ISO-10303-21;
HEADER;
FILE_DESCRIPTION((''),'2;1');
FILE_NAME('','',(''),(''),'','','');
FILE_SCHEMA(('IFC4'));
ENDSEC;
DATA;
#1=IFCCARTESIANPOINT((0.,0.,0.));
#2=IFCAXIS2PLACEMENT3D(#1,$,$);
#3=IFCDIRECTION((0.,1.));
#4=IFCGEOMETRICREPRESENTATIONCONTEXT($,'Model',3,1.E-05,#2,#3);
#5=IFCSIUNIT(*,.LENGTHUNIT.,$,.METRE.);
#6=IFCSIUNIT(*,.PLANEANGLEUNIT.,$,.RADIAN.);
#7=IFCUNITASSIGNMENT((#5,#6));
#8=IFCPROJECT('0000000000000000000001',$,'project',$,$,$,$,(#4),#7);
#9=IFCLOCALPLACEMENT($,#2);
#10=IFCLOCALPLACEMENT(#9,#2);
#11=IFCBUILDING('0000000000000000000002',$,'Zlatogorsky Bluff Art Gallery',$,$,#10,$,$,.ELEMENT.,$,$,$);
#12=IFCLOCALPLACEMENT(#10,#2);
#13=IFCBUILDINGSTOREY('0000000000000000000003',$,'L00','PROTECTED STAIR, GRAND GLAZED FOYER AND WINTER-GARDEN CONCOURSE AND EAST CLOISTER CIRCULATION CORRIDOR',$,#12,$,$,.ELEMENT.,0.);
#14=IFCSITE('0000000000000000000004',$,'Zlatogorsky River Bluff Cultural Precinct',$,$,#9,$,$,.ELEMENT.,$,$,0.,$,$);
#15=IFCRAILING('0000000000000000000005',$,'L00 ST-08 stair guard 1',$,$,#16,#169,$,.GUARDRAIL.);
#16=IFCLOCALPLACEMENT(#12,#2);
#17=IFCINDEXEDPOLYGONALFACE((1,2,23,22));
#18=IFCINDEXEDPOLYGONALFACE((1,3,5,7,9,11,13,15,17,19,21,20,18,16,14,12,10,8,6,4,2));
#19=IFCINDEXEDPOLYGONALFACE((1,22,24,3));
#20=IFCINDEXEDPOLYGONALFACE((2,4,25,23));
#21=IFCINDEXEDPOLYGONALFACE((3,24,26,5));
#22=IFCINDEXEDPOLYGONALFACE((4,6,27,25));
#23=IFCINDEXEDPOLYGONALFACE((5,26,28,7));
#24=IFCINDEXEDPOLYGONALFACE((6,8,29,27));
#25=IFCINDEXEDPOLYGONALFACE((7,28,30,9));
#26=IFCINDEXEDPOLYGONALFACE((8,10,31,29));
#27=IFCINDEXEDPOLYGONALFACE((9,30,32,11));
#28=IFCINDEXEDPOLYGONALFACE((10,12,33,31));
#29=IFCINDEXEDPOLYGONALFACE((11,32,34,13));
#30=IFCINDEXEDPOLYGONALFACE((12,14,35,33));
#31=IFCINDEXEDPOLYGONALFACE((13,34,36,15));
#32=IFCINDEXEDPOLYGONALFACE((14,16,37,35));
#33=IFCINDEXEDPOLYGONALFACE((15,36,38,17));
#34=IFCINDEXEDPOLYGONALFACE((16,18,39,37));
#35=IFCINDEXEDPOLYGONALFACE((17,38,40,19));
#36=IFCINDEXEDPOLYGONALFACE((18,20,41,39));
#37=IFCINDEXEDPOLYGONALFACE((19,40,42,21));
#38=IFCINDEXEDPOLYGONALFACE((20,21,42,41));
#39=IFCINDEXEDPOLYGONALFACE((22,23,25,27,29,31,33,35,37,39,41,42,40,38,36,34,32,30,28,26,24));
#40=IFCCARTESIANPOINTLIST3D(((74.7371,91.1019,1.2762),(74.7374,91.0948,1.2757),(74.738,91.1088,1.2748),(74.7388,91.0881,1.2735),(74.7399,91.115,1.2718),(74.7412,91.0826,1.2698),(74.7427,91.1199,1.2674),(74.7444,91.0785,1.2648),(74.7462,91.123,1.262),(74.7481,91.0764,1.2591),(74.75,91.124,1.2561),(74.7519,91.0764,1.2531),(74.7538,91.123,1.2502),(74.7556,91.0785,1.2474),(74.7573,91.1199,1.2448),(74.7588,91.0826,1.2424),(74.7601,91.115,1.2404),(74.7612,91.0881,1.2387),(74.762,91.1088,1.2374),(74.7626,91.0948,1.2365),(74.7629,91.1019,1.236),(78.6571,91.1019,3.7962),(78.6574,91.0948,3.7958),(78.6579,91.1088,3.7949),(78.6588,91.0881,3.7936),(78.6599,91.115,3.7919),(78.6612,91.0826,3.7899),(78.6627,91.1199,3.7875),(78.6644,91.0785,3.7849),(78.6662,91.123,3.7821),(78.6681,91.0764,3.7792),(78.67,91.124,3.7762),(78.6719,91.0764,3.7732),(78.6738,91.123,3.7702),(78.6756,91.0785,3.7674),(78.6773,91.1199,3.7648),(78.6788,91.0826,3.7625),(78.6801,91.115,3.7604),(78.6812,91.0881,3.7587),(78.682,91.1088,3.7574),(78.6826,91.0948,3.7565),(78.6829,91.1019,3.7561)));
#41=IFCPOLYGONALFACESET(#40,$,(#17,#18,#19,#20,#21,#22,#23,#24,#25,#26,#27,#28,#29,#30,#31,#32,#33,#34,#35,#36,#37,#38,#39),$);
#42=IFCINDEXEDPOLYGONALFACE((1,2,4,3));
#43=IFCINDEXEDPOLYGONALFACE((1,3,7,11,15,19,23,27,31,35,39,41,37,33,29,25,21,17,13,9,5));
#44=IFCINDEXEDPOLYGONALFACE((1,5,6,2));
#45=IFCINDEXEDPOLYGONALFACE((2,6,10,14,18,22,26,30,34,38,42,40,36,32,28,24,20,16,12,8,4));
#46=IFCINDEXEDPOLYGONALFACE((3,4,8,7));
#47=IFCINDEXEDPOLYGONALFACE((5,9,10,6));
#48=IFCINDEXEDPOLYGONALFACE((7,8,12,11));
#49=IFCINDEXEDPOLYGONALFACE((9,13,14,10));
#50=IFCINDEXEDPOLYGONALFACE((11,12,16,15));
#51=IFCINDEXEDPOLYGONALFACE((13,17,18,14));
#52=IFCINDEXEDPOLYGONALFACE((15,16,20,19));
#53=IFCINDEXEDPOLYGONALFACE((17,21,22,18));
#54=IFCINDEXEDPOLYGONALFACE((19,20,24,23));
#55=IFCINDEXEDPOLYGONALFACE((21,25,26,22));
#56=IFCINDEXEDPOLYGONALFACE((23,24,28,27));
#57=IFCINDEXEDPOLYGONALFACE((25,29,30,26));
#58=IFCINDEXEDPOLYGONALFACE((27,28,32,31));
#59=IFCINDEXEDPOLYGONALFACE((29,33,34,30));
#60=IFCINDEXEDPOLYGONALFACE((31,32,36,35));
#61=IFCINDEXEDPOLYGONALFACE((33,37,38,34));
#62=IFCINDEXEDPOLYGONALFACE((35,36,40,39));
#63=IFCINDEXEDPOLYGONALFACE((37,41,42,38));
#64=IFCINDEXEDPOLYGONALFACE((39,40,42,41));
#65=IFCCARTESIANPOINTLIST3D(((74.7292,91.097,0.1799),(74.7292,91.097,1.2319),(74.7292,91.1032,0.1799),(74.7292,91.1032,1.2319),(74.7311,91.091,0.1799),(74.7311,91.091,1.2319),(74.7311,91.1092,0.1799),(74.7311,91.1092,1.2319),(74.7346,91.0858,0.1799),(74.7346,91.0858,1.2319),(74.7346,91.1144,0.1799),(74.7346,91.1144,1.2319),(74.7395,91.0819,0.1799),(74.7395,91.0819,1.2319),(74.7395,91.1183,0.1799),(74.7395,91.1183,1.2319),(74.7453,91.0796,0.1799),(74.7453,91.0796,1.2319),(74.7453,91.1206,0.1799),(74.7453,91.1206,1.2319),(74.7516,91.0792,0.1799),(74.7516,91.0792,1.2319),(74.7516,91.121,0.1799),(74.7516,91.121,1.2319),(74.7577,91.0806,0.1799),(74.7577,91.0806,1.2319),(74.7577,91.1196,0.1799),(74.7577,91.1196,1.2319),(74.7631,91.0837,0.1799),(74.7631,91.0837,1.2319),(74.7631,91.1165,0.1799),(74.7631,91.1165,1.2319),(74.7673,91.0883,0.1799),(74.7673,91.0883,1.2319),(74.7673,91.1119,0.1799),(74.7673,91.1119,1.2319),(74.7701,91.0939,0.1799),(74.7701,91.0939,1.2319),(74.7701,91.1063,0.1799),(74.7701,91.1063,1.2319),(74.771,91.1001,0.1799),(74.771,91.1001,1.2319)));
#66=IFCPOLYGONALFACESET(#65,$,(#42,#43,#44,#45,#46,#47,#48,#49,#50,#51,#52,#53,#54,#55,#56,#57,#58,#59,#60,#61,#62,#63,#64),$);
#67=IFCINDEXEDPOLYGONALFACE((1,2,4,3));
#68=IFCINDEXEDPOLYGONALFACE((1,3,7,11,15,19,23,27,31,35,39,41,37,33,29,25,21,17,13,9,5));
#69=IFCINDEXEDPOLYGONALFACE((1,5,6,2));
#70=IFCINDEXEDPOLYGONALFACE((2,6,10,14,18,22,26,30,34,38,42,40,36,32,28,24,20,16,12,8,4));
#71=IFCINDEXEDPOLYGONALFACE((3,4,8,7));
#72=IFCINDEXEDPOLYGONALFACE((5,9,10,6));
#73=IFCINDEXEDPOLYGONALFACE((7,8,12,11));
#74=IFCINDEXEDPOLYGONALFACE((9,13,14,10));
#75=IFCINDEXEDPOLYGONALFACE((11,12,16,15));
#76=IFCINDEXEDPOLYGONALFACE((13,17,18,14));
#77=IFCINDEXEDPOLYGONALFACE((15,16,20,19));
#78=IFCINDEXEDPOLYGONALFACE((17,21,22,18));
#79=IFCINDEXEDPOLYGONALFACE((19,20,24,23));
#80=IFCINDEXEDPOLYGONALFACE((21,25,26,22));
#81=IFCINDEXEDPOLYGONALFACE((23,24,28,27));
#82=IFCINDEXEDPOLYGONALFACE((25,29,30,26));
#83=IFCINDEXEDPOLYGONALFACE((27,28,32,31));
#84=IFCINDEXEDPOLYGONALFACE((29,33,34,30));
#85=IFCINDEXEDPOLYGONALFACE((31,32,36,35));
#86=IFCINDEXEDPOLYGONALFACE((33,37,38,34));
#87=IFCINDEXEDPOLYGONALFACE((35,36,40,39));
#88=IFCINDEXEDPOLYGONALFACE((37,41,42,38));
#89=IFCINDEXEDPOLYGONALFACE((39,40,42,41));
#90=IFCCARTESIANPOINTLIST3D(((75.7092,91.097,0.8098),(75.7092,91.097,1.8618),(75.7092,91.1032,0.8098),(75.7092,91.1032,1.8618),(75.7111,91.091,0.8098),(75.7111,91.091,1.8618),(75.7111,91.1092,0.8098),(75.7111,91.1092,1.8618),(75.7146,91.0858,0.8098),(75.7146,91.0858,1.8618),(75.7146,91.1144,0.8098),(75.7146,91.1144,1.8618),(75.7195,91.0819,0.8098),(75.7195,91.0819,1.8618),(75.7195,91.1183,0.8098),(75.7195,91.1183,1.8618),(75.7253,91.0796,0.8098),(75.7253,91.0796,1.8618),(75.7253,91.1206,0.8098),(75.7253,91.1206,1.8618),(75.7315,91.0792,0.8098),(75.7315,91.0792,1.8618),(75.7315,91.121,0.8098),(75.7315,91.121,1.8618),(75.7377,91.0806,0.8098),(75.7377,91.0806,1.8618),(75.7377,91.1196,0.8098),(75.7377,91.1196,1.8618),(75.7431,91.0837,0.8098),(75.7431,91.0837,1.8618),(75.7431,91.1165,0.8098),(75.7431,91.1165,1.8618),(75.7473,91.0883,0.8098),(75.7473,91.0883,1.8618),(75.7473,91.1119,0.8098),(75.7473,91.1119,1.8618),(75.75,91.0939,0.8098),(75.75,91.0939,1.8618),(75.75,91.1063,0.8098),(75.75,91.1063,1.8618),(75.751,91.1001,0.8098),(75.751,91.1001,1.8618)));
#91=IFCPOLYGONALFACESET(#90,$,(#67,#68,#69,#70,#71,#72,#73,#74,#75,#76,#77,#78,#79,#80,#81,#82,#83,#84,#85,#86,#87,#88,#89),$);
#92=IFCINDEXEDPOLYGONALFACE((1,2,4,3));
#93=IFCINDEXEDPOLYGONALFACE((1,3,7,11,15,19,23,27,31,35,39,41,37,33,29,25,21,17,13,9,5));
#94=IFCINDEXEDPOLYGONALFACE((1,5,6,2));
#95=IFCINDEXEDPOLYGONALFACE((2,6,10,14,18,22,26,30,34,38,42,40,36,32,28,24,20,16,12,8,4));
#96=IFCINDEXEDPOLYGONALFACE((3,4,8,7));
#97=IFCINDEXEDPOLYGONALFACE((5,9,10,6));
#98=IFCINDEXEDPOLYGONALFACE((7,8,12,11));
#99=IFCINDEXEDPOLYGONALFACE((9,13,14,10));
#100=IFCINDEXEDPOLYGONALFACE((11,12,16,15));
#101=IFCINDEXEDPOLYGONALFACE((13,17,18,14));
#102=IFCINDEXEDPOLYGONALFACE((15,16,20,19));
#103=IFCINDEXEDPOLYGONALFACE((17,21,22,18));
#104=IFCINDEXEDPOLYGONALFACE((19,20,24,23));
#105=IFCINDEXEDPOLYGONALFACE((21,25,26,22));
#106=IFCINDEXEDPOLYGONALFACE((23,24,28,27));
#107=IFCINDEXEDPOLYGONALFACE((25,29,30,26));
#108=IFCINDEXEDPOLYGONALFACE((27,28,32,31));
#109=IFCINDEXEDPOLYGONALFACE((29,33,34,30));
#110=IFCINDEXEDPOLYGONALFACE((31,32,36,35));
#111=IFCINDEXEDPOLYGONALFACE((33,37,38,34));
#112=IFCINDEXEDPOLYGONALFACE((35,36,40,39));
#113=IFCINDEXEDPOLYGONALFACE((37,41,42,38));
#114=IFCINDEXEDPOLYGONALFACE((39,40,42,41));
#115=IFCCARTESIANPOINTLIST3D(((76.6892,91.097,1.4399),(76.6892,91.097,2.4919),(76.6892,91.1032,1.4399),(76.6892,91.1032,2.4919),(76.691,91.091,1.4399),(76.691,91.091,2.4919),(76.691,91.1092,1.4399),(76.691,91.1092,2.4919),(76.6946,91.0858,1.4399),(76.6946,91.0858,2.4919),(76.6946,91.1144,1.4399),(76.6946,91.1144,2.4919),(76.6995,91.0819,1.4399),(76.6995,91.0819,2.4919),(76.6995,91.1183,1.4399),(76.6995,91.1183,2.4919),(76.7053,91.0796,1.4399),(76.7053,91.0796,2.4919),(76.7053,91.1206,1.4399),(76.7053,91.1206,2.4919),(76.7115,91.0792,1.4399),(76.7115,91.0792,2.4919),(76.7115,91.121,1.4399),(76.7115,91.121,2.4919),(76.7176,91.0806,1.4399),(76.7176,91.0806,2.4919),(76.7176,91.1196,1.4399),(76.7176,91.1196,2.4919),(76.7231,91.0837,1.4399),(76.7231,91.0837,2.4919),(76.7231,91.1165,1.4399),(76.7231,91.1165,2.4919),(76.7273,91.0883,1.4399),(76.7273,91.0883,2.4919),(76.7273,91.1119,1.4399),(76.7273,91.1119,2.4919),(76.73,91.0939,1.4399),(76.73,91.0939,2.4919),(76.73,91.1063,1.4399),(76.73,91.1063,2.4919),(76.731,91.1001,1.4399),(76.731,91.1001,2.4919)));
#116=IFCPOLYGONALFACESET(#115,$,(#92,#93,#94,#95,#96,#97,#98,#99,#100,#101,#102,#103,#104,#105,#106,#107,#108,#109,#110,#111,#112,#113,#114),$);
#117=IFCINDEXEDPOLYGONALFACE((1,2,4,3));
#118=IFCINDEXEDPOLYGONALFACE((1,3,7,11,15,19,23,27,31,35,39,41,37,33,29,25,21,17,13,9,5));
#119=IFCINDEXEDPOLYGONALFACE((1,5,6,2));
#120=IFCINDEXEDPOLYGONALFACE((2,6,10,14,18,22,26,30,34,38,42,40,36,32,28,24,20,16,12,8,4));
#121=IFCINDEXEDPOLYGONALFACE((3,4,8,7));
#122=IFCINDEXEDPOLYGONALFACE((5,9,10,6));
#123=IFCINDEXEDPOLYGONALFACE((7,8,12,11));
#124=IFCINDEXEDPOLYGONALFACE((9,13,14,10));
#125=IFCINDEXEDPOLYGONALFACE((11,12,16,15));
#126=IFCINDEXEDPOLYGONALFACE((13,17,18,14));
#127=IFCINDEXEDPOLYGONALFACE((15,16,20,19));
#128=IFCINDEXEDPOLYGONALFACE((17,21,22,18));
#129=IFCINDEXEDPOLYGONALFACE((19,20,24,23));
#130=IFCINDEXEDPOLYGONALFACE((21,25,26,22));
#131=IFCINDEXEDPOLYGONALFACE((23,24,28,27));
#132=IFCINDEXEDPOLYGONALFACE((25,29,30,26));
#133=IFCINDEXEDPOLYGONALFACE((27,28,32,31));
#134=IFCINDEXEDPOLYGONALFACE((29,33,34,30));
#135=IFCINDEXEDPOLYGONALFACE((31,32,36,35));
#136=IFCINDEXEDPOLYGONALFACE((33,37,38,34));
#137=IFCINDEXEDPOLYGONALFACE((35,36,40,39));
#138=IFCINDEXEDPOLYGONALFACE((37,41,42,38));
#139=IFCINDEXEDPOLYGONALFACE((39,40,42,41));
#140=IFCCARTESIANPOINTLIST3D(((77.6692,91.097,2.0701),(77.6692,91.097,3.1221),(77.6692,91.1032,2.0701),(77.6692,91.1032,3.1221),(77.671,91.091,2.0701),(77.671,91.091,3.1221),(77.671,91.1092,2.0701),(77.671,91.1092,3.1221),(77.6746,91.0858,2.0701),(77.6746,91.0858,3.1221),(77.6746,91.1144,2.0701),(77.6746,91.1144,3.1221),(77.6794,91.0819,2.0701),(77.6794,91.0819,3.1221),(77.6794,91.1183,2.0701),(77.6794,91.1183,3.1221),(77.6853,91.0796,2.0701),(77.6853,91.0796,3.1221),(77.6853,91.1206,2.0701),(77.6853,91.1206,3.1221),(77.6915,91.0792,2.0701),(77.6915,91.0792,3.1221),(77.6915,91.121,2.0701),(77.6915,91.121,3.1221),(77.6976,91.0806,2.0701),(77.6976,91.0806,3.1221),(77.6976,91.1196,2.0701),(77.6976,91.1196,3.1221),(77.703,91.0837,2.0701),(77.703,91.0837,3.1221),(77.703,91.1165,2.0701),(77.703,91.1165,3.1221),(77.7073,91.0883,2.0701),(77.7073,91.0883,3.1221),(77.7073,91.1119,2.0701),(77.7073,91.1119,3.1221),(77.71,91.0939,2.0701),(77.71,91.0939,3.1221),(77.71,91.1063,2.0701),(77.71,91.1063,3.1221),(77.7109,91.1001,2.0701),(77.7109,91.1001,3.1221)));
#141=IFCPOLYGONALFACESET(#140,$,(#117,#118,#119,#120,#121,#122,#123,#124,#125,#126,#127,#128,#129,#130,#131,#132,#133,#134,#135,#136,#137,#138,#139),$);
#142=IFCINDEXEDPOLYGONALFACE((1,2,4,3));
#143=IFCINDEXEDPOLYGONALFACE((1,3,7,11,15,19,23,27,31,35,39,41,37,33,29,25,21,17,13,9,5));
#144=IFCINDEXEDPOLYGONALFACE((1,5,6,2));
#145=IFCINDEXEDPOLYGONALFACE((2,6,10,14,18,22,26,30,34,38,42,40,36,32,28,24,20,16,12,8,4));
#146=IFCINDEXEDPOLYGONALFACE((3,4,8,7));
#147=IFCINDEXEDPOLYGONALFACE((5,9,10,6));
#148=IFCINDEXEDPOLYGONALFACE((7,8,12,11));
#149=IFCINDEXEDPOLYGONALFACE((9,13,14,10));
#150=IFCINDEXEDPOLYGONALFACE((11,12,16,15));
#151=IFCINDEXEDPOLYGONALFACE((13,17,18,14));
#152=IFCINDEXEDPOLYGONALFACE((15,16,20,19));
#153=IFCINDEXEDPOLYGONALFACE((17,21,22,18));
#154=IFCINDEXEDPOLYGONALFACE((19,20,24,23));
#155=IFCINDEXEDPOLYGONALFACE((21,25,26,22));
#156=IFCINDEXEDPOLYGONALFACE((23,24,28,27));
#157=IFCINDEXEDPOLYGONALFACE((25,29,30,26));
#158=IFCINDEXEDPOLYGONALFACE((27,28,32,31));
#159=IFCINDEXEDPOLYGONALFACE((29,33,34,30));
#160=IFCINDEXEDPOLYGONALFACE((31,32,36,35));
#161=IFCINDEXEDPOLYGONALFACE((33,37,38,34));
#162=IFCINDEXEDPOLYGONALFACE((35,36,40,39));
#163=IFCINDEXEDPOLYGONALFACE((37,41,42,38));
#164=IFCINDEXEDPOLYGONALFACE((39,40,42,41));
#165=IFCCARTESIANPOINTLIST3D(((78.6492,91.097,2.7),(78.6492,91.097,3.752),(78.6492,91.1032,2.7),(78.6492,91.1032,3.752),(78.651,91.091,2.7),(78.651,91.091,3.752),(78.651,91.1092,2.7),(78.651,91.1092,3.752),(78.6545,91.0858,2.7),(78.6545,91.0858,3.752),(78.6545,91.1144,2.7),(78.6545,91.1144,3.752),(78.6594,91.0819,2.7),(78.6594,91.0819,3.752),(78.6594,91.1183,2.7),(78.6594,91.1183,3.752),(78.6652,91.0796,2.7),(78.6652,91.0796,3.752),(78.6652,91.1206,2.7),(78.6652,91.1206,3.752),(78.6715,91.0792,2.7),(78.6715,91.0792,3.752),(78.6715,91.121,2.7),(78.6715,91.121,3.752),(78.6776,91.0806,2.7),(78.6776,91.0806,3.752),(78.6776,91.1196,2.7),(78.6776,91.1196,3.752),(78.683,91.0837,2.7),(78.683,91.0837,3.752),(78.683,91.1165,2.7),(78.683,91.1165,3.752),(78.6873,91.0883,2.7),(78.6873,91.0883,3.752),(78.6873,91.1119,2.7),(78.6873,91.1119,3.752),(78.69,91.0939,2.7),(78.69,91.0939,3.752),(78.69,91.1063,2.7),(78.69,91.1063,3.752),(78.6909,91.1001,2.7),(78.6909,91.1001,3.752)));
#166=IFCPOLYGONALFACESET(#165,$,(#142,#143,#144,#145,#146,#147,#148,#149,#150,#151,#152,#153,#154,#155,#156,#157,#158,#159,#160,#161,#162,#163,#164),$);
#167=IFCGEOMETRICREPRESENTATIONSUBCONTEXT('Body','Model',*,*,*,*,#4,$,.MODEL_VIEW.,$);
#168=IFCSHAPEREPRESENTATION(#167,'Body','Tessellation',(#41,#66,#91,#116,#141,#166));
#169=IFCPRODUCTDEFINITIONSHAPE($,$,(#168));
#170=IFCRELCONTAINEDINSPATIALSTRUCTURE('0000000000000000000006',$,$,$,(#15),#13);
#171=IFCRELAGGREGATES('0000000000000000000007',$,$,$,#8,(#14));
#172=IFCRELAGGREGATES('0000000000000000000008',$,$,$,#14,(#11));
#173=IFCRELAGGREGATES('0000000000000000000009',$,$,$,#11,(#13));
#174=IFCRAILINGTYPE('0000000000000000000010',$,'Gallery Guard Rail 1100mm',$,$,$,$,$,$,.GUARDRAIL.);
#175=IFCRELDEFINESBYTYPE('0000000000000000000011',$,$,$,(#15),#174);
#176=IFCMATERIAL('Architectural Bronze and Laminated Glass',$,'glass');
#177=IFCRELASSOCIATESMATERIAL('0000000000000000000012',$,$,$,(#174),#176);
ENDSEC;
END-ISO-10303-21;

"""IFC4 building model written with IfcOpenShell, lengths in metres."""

from ifc_helpers import new_model, si_unit, direction, frame, origin, origin_2d, place, context, subcontext, project, spatial, circle, extrude, material, type_object, element, save


model = new_model("IFC4")

# Units and contexts
model_context = context("Model", 3, precision=1e-05, world=origin(), true_north=direction((0.0, 1.0)))
body_context = subcontext(model_context, "Body", "Model", "MODEL_VIEW")
ifc_project = project(units=[si_unit("LENGTHUNIT", "METRE"), si_unit("PLANEANGLEUNIT", "RADIAN")], contexts=[model_context])

# Site, building, storey
site_placement = place(None, origin())
site = spatial("IfcSite", under=ifc_project, at=site_placement, Name="Zlatogorsky River Bluff Cultural Precinct", CompositionType="ELEMENT", RefElevation=0.0)
building_placement = place(site_placement, origin())
building = spatial("IfcBuilding", under=site, at=building_placement, Name="Zlatogorsky Bluff Art Gallery", CompositionType="ELEMENT")
storey_placement = place(building_placement, origin())
storey = spatial("IfcBuildingStorey", under=building, at=storey_placement, Name="L00", Description="PROTECTED STAIR, GRAND GLAZED FOYER AND WINTER-GARDEN CONCOURSE AND EAST CLOISTER CIRCULATION CORRIDOR", CompositionType="ELEMENT", Elevation=0.0)

# Railing
ifc_material_1 = material(Name="Architectural Bronze and Laminated Glass", Category="glass")
railing_type = type_object("IfcRailingType", Name="Gallery Guard Rail 1100mm", PredefinedType="GUARDRAIL", material=ifc_material_1)
railing_1_placement = place(storey_placement, frame((74.75, 91.1001, 0.1799)))
element("IfcRailing", 1, at=railing_1_placement, inside=storey, type_object=railing_type, Name="L00 ST-08 stair guard 1", PredefinedType="GUARDRAIL", context=body_context, shape_type="SweptSolid", body=[
    extrude(circle(Radius=0.0239, at=origin_2d()), frame((0.0, 0.0, 1.0762), z_axis=(0.841172, 0.0, 0.540768), x_axis=(0.0, 1.0, 0.0)), (0.0, 0.0, 1.0), 4.6602),
    extrude(circle(Radius=0.021, at=origin_2d()), origin(), (0.0, 0.0, 1.0), 1.052),
    extrude(circle(Radius=0.021, at=origin_2d()), frame((0.98, 0.0, 0.6299)), (0.0, 0.0, 1.0), 1.052),
    extrude(circle(Radius=0.021, at=origin_2d()), frame((1.96, 0.0, 1.26)), (0.0, 0.0, 1.0), 1.052),
    extrude(circle(Radius=0.021, at=origin_2d()), frame((2.9399, 0.0, 1.8901)), (0.0, 0.0, 1.0), 1.052),
    extrude(circle(Radius=0.021, at=origin_2d()), frame((3.9199, 0.0, 2.52)), (0.0, 0.0, 1.0), 1.052),
])

save(model, "model.ifc")
